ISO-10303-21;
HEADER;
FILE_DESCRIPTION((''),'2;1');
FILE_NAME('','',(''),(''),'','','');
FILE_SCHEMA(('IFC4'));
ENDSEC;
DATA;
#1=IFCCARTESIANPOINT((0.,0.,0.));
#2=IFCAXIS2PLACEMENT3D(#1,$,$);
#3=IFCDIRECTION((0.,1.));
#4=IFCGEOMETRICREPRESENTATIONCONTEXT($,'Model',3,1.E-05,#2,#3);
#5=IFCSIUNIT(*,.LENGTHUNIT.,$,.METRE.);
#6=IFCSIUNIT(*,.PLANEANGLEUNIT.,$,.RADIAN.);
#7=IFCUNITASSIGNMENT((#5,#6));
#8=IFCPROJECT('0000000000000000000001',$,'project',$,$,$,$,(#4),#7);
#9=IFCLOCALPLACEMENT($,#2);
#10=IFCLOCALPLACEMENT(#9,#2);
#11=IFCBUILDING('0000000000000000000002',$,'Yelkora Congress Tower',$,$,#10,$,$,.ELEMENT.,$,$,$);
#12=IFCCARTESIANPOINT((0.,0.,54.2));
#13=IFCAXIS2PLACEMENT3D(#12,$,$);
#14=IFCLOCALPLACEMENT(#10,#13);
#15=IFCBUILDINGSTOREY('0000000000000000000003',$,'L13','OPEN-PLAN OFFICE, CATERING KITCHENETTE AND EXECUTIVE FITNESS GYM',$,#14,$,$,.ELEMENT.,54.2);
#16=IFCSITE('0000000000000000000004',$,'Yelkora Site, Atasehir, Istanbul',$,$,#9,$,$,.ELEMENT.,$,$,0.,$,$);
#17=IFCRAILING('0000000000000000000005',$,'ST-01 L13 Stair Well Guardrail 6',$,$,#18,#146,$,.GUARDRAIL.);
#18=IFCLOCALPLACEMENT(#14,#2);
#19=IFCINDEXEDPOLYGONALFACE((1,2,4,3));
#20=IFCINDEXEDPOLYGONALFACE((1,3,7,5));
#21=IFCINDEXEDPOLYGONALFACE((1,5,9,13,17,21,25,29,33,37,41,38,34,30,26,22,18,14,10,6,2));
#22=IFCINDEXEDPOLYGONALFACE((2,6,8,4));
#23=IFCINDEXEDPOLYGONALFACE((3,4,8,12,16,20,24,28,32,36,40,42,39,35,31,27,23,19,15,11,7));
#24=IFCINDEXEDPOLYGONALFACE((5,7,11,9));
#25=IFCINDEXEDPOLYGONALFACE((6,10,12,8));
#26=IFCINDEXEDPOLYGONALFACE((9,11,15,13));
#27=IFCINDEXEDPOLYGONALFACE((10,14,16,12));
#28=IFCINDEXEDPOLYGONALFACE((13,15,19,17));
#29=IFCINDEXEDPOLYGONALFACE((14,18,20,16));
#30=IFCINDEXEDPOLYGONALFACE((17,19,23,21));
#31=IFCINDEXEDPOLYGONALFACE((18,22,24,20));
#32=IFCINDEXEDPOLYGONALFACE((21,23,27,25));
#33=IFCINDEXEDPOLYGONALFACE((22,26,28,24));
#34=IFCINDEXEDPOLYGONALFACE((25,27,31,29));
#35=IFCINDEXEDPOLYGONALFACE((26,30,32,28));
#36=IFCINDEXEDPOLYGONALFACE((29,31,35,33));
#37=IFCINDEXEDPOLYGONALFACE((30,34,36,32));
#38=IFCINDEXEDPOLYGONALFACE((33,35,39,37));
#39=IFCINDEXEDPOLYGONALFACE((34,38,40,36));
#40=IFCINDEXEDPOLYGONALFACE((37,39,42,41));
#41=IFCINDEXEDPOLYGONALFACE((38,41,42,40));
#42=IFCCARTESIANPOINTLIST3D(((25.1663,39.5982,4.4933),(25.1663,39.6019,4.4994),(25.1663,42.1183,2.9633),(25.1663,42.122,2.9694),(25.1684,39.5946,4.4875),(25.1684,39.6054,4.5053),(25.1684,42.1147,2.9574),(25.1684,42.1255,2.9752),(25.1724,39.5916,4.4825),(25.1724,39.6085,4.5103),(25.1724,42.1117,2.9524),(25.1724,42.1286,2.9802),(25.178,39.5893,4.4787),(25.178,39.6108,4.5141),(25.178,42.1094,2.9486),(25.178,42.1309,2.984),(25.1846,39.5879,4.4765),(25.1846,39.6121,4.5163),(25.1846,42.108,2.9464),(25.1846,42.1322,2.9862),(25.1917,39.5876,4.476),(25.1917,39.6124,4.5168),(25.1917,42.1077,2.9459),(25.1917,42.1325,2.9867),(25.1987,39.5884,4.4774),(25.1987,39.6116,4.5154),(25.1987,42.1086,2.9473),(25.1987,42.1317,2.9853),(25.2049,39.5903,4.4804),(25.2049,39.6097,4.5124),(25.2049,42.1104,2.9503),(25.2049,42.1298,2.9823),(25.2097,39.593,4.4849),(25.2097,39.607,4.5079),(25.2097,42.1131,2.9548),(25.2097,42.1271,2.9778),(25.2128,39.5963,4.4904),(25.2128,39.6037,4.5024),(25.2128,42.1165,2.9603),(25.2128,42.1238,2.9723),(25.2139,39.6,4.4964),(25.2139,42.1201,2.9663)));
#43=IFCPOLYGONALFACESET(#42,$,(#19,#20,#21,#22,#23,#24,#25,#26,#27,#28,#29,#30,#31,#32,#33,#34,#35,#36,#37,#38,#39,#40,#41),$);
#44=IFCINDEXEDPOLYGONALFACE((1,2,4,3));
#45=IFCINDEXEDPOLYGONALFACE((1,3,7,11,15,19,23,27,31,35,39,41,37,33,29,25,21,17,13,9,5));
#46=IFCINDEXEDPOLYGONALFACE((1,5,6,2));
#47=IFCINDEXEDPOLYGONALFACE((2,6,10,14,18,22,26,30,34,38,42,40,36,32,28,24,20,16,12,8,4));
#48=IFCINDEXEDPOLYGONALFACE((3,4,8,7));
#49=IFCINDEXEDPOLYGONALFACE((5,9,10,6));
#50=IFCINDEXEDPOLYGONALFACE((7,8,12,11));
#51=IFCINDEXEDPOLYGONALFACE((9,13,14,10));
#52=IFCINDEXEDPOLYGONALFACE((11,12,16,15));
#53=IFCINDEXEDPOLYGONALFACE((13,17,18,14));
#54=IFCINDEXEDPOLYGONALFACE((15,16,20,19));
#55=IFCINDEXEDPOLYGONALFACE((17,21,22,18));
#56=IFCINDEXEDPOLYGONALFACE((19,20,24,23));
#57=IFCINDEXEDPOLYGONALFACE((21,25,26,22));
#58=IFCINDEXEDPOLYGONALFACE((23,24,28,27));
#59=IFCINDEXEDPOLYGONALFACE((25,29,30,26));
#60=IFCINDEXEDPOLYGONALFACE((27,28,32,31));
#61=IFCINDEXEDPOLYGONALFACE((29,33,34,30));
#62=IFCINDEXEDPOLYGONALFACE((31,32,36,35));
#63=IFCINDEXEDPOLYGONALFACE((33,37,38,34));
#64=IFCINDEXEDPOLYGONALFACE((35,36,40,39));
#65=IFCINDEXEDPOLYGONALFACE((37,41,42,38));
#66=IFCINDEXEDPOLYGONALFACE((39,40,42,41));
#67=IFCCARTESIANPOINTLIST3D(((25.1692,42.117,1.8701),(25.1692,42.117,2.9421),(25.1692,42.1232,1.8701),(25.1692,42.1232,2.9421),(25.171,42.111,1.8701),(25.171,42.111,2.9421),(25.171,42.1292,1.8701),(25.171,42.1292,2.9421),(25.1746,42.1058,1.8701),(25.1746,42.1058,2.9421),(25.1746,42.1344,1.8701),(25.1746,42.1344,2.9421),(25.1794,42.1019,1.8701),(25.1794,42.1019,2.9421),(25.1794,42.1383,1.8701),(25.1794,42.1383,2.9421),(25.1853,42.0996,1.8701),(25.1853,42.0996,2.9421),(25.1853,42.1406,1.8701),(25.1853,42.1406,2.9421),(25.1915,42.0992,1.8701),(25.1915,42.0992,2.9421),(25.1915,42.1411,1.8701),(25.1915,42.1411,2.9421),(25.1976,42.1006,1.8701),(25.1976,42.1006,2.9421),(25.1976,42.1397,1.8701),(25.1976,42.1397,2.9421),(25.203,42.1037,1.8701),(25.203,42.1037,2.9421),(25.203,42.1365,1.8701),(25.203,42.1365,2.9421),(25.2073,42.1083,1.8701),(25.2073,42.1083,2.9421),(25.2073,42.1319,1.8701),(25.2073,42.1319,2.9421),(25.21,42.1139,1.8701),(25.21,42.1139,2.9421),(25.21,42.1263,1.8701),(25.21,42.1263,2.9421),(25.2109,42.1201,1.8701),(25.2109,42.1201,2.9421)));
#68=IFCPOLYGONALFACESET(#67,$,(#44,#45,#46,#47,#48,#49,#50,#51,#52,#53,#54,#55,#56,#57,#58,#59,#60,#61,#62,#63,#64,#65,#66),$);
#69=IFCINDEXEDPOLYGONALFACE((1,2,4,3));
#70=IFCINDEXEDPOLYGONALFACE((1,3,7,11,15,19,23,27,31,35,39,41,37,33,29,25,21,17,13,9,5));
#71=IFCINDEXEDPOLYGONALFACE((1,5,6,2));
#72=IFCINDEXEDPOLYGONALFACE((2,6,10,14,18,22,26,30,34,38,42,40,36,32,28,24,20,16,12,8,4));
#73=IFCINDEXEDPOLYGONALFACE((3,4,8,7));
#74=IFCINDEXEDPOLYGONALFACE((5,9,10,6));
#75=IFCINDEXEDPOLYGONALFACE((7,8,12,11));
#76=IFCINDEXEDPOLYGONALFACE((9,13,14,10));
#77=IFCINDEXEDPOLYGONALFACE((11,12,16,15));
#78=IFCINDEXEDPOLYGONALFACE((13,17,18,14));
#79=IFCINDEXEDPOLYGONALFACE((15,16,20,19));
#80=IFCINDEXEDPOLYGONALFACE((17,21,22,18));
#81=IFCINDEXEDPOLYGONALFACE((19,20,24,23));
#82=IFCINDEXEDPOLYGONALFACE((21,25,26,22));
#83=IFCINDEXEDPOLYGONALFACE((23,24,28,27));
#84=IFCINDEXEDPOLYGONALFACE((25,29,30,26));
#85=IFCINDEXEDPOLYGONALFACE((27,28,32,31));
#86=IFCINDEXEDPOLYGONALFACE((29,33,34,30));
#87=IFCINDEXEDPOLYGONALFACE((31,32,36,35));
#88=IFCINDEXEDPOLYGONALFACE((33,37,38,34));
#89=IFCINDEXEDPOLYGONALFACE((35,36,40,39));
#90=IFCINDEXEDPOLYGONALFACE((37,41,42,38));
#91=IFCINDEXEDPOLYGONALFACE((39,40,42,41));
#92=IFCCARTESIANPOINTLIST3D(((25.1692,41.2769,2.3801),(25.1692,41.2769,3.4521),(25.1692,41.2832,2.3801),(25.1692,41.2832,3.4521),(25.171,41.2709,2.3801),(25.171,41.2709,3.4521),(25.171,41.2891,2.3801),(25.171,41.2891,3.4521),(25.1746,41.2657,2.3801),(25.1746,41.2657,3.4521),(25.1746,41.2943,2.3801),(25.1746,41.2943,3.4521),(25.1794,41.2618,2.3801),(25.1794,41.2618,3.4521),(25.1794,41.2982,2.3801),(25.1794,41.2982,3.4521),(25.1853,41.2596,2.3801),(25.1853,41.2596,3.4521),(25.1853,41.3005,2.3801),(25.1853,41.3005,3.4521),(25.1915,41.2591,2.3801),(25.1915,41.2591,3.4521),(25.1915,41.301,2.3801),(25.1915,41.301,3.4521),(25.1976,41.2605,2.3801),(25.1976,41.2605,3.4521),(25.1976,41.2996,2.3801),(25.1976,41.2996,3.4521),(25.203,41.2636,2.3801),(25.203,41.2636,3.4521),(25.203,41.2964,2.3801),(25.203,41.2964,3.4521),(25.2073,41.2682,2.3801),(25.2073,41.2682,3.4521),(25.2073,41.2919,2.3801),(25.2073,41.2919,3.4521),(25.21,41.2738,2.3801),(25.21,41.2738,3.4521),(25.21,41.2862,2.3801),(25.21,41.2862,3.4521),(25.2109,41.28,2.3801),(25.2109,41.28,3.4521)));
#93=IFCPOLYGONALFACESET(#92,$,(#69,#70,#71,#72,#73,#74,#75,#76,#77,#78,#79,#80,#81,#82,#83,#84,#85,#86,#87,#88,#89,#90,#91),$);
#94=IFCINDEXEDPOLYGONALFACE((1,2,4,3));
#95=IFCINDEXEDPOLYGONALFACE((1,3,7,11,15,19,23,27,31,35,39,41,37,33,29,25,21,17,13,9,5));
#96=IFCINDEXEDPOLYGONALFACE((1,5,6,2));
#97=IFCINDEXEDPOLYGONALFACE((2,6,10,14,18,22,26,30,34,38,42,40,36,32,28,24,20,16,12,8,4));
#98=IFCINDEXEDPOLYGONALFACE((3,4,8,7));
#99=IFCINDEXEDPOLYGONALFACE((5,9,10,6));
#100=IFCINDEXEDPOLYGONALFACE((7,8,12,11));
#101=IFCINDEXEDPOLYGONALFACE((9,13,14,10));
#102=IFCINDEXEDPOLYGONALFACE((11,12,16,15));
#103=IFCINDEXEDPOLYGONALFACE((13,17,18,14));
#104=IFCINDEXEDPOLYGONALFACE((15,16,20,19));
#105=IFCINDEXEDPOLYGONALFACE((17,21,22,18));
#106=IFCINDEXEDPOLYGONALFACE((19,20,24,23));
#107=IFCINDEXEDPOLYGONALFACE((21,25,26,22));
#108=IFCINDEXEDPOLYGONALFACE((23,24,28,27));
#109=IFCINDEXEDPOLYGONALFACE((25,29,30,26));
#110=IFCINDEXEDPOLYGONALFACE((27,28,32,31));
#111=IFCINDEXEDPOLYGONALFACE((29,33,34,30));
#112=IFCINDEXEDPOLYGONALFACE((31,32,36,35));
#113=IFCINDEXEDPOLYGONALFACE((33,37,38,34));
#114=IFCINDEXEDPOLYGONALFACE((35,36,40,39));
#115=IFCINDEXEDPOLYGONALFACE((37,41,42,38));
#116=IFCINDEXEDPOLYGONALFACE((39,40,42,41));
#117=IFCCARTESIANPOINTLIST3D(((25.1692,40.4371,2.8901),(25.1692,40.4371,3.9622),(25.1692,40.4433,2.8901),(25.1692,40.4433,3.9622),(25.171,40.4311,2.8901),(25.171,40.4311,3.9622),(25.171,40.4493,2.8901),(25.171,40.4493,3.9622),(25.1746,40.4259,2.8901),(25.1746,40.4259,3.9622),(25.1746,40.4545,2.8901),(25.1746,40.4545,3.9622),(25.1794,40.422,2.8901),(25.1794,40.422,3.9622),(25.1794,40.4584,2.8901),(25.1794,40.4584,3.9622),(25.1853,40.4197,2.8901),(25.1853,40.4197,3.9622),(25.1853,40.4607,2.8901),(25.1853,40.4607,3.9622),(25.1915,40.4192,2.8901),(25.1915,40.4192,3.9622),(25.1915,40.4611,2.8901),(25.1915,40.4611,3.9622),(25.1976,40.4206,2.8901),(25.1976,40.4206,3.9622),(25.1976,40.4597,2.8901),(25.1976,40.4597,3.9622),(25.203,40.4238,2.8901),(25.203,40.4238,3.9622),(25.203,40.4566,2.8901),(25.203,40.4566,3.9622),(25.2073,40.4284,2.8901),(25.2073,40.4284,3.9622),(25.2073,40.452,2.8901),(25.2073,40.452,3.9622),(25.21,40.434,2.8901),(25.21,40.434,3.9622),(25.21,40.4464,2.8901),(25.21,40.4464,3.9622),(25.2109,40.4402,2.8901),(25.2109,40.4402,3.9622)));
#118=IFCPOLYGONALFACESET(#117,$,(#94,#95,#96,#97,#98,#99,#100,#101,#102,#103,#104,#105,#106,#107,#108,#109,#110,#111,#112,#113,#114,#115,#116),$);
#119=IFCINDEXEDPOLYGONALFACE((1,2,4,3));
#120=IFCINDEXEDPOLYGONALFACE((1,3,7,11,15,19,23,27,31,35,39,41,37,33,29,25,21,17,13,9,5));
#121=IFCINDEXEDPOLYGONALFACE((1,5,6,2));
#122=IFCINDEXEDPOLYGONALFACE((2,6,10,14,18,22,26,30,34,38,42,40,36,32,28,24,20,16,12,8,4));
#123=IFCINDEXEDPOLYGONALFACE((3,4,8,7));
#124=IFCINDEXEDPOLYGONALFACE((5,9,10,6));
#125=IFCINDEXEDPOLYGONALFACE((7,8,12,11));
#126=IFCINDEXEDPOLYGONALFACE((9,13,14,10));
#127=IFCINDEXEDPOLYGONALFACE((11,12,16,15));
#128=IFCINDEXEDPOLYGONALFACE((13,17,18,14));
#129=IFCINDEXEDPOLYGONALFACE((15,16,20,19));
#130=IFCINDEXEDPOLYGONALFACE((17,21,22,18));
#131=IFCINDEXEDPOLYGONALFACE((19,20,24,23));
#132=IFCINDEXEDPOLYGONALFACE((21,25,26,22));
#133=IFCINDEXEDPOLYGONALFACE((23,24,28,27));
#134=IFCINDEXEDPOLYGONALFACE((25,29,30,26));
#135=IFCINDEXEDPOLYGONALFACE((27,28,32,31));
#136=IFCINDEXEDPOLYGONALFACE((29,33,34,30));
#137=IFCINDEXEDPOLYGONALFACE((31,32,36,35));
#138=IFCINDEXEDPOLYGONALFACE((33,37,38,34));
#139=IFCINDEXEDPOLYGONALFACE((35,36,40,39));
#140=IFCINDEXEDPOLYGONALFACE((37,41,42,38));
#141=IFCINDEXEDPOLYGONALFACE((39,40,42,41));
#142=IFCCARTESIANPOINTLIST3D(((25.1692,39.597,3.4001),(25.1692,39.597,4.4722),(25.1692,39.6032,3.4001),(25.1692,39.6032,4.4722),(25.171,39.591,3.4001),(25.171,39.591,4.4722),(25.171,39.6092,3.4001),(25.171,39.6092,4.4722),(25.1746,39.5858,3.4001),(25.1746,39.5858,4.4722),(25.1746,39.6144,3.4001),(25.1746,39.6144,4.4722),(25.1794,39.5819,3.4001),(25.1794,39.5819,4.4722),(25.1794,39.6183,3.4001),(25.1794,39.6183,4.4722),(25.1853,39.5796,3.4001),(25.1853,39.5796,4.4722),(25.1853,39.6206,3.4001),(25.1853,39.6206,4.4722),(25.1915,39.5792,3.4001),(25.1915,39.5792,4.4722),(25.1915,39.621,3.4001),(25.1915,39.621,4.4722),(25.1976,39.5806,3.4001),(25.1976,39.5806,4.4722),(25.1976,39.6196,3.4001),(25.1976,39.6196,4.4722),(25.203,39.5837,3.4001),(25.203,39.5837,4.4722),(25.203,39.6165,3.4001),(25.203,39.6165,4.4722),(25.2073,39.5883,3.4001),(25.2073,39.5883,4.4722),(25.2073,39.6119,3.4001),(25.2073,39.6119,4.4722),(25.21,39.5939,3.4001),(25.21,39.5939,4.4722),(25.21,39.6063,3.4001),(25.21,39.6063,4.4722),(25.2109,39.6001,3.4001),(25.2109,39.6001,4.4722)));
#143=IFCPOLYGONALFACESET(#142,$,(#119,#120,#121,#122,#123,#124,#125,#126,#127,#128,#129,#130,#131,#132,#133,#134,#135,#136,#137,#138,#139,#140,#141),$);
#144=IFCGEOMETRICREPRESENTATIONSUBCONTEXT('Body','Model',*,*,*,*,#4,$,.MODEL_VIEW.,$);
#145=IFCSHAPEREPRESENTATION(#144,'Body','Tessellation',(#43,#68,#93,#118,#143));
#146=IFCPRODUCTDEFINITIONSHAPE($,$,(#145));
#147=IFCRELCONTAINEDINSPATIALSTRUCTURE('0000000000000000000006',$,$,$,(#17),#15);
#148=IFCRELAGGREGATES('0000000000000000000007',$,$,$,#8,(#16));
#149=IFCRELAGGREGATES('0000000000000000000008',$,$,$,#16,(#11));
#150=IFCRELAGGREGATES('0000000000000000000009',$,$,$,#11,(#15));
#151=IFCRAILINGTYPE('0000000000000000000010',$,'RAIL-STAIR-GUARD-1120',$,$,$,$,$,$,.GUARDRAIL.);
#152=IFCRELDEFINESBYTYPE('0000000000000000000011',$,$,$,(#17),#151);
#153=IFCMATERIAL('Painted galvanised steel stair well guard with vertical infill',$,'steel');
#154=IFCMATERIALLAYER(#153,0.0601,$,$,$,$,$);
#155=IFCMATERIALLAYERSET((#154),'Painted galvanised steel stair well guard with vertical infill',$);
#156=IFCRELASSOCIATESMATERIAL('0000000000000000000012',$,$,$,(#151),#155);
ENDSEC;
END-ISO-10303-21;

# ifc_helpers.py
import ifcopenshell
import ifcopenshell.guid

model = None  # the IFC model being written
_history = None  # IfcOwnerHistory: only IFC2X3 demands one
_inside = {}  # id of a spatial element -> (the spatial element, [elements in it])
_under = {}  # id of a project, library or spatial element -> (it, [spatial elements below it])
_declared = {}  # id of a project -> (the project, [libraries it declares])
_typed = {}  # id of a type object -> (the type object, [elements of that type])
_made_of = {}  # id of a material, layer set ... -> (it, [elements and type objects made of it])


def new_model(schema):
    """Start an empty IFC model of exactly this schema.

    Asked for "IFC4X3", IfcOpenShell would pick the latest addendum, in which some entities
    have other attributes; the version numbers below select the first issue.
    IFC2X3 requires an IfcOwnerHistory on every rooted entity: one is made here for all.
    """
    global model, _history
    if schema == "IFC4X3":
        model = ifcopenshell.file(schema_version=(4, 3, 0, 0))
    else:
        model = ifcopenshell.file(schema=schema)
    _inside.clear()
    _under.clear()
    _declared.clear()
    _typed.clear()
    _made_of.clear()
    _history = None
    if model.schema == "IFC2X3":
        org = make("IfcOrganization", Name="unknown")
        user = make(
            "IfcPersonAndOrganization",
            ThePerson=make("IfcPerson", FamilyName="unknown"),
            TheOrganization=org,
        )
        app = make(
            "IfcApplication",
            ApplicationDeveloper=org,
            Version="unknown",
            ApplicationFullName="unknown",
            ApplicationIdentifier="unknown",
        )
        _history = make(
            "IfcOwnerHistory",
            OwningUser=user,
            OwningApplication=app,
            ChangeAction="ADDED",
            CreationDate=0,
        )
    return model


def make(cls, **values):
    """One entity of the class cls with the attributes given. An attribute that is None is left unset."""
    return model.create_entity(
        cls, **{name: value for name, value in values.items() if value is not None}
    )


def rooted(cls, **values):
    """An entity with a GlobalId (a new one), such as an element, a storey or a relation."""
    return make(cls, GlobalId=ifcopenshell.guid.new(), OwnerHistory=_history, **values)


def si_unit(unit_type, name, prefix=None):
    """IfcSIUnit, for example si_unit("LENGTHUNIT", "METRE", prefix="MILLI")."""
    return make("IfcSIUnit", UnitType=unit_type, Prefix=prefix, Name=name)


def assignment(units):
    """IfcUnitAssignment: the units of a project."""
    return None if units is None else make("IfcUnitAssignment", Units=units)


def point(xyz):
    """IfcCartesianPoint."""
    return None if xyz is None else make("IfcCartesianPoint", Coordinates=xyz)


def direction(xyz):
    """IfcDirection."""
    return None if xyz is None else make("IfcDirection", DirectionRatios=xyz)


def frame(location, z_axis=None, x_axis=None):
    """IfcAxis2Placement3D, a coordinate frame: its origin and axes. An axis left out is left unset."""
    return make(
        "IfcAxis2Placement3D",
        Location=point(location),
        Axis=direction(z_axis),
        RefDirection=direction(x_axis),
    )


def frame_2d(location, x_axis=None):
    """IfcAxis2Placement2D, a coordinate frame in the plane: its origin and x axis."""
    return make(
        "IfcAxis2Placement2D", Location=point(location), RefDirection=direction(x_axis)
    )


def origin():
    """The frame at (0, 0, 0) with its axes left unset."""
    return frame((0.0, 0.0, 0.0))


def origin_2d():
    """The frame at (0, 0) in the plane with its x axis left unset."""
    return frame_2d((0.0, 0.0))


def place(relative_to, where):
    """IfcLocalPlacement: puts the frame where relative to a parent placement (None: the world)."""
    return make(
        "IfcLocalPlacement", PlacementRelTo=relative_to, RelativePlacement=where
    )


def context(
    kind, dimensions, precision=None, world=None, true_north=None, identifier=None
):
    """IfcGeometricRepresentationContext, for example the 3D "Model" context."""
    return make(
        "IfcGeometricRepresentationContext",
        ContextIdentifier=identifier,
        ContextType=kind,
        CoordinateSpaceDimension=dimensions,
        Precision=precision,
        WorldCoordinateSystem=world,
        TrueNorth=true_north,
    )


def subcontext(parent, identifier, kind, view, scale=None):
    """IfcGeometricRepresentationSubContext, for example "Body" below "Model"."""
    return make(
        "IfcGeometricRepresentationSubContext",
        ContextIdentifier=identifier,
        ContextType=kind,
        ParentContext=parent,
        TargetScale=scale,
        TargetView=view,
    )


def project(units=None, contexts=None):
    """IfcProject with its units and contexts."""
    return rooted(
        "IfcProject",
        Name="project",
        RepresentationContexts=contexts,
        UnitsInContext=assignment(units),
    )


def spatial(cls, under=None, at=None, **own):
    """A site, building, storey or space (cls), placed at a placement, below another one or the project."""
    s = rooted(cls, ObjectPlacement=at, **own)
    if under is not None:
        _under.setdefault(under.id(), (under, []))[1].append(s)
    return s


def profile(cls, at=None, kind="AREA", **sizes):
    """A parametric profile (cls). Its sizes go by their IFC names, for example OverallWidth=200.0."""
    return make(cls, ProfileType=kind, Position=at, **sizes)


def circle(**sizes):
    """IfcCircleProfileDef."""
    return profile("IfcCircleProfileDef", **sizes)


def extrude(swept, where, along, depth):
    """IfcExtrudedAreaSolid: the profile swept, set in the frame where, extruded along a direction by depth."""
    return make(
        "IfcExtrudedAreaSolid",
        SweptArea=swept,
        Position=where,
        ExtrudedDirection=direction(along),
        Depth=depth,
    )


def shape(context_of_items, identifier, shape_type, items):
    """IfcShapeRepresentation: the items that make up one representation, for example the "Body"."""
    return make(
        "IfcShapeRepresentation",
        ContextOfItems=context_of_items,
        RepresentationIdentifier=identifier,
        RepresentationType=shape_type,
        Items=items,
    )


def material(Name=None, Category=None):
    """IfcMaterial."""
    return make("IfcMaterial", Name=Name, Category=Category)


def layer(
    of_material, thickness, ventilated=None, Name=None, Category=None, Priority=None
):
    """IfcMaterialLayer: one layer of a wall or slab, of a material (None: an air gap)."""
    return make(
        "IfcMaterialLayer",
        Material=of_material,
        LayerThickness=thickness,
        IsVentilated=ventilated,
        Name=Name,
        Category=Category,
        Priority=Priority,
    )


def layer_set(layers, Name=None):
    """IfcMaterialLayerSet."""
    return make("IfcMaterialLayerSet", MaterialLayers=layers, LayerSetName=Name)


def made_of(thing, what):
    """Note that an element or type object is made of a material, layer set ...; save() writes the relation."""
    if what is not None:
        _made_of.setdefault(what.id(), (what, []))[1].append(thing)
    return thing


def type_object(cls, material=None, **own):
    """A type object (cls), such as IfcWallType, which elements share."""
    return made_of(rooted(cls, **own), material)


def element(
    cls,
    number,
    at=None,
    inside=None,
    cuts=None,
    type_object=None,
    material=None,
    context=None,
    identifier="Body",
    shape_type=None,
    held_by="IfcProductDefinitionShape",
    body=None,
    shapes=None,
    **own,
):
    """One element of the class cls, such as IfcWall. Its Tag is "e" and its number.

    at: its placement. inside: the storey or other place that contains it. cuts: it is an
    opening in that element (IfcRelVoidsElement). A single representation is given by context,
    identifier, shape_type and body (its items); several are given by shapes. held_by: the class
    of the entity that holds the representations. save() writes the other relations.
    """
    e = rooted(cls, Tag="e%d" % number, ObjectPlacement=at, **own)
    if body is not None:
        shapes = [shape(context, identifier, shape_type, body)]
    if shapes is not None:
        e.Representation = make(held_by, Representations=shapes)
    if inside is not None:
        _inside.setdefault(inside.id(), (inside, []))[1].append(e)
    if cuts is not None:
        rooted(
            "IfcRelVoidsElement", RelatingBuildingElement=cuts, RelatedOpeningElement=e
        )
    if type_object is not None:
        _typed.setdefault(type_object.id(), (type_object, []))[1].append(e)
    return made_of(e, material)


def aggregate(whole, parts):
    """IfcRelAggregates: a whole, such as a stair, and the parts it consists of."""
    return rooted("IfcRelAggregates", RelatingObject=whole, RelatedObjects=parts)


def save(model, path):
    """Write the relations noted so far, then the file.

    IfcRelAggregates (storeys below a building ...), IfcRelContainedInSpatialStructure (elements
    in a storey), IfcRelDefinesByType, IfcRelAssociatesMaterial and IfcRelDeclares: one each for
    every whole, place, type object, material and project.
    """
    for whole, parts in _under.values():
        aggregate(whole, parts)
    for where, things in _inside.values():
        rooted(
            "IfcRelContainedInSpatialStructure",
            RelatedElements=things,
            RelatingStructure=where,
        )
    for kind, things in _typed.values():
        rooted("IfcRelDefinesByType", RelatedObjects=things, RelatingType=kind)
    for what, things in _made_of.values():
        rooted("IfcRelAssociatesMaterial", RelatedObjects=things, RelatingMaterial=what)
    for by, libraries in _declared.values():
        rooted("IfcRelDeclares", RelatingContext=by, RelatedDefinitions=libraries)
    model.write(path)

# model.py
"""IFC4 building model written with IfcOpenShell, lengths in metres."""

from ifc_helpers import new_model, si_unit, direction, frame, origin, origin_2d, place, context, subcontext, project, spatial, circle, extrude, material, layer, layer_set, type_object, element, save


model = new_model("IFC4")

# Units and contexts
model_context = context("Model", 3, precision=1e-05, world=origin(), true_north=direction((0.0, 1.0)))
body_context = subcontext(model_context, "Body", "Model", "MODEL_VIEW")
ifc_project = project(units=[si_unit("LENGTHUNIT", "METRE"), si_unit("PLANEANGLEUNIT", "RADIAN")], contexts=[model_context])

# Site, building, storey
site_placement = place(None, origin())
site = spatial("IfcSite", under=ifc_project, at=site_placement, Name="Yelkora Site, Atasehir, Istanbul", CompositionType="ELEMENT", RefElevation=0.0)
building_placement = place(site_placement, origin())
building = spatial("IfcBuilding", under=site, at=building_placement, Name="Yelkora Congress Tower", CompositionType="ELEMENT")
storey_placement = place(building_placement, frame((0.0, 0.0, 54.2)))
storey = spatial("IfcBuildingStorey", under=building, at=storey_placement, Name="L13", Description="OPEN-PLAN OFFICE, CATERING KITCHENETTE AND EXECUTIVE FITNESS GYM", CompositionType="ELEMENT", Elevation=54.2)

# Railing
ifc_material_1 = material(Name="Painted galvanised steel stair well guard with vertical infill", Category="steel")
ifc_layer_1 = layer(ifc_material_1, 0.0601)
ifc_layer_set_1 = layer_set([ifc_layer_1], Name="Painted galvanised steel stair well guard with vertical infill")
railing_type_1 = type_object("IfcRailingType", Name="RAIL-STAIR-GUARD-1120", PredefinedType="GUARDRAIL", material=ifc_layer_set_1)
railing_1_placement = place(storey_placement, frame((25.1899, 42.1201, 1.8701)))
element("IfcRailing", 1, at=railing_1_placement, inside=storey, type_object=railing_type_1, Name="ST-01 L13 Stair Well Guardrail 6", PredefinedType="GUARDRAIL", context=body_context, shape_type="SweptSolid", body=[
    extrude(circle(Radius=0.0239, at=origin_2d()), frame((0.0, 0.0, 1.0962), z_axis=(0.0, -0.854785, 0.518982), x_axis=(1.0, 0.0, 0.0)), (0.0, 0.0, 1.0), 2.9482),
    extrude(circle(Radius=0.021, at=origin_2d()), origin(), (0.0, 0.0, 1.0), 1.072),
    extrude(circle(Radius=0.021, at=origin_2d()), frame((0.0, -0.8401, 0.51)), (0.0, 0.0, 1.0), 1.072),
    extrude(circle(Radius=0.021, at=origin_2d()), frame((0.0, -1.6799, 1.02)), (0.0, 0.0, 1.0), 1.072),
    extrude(circle(Radius=0.021, at=origin_2d()), frame((0.0, -2.52, 1.53)), (0.0, 0.0, 1.0), 1.072),
])

save(model, "model.ifc")
